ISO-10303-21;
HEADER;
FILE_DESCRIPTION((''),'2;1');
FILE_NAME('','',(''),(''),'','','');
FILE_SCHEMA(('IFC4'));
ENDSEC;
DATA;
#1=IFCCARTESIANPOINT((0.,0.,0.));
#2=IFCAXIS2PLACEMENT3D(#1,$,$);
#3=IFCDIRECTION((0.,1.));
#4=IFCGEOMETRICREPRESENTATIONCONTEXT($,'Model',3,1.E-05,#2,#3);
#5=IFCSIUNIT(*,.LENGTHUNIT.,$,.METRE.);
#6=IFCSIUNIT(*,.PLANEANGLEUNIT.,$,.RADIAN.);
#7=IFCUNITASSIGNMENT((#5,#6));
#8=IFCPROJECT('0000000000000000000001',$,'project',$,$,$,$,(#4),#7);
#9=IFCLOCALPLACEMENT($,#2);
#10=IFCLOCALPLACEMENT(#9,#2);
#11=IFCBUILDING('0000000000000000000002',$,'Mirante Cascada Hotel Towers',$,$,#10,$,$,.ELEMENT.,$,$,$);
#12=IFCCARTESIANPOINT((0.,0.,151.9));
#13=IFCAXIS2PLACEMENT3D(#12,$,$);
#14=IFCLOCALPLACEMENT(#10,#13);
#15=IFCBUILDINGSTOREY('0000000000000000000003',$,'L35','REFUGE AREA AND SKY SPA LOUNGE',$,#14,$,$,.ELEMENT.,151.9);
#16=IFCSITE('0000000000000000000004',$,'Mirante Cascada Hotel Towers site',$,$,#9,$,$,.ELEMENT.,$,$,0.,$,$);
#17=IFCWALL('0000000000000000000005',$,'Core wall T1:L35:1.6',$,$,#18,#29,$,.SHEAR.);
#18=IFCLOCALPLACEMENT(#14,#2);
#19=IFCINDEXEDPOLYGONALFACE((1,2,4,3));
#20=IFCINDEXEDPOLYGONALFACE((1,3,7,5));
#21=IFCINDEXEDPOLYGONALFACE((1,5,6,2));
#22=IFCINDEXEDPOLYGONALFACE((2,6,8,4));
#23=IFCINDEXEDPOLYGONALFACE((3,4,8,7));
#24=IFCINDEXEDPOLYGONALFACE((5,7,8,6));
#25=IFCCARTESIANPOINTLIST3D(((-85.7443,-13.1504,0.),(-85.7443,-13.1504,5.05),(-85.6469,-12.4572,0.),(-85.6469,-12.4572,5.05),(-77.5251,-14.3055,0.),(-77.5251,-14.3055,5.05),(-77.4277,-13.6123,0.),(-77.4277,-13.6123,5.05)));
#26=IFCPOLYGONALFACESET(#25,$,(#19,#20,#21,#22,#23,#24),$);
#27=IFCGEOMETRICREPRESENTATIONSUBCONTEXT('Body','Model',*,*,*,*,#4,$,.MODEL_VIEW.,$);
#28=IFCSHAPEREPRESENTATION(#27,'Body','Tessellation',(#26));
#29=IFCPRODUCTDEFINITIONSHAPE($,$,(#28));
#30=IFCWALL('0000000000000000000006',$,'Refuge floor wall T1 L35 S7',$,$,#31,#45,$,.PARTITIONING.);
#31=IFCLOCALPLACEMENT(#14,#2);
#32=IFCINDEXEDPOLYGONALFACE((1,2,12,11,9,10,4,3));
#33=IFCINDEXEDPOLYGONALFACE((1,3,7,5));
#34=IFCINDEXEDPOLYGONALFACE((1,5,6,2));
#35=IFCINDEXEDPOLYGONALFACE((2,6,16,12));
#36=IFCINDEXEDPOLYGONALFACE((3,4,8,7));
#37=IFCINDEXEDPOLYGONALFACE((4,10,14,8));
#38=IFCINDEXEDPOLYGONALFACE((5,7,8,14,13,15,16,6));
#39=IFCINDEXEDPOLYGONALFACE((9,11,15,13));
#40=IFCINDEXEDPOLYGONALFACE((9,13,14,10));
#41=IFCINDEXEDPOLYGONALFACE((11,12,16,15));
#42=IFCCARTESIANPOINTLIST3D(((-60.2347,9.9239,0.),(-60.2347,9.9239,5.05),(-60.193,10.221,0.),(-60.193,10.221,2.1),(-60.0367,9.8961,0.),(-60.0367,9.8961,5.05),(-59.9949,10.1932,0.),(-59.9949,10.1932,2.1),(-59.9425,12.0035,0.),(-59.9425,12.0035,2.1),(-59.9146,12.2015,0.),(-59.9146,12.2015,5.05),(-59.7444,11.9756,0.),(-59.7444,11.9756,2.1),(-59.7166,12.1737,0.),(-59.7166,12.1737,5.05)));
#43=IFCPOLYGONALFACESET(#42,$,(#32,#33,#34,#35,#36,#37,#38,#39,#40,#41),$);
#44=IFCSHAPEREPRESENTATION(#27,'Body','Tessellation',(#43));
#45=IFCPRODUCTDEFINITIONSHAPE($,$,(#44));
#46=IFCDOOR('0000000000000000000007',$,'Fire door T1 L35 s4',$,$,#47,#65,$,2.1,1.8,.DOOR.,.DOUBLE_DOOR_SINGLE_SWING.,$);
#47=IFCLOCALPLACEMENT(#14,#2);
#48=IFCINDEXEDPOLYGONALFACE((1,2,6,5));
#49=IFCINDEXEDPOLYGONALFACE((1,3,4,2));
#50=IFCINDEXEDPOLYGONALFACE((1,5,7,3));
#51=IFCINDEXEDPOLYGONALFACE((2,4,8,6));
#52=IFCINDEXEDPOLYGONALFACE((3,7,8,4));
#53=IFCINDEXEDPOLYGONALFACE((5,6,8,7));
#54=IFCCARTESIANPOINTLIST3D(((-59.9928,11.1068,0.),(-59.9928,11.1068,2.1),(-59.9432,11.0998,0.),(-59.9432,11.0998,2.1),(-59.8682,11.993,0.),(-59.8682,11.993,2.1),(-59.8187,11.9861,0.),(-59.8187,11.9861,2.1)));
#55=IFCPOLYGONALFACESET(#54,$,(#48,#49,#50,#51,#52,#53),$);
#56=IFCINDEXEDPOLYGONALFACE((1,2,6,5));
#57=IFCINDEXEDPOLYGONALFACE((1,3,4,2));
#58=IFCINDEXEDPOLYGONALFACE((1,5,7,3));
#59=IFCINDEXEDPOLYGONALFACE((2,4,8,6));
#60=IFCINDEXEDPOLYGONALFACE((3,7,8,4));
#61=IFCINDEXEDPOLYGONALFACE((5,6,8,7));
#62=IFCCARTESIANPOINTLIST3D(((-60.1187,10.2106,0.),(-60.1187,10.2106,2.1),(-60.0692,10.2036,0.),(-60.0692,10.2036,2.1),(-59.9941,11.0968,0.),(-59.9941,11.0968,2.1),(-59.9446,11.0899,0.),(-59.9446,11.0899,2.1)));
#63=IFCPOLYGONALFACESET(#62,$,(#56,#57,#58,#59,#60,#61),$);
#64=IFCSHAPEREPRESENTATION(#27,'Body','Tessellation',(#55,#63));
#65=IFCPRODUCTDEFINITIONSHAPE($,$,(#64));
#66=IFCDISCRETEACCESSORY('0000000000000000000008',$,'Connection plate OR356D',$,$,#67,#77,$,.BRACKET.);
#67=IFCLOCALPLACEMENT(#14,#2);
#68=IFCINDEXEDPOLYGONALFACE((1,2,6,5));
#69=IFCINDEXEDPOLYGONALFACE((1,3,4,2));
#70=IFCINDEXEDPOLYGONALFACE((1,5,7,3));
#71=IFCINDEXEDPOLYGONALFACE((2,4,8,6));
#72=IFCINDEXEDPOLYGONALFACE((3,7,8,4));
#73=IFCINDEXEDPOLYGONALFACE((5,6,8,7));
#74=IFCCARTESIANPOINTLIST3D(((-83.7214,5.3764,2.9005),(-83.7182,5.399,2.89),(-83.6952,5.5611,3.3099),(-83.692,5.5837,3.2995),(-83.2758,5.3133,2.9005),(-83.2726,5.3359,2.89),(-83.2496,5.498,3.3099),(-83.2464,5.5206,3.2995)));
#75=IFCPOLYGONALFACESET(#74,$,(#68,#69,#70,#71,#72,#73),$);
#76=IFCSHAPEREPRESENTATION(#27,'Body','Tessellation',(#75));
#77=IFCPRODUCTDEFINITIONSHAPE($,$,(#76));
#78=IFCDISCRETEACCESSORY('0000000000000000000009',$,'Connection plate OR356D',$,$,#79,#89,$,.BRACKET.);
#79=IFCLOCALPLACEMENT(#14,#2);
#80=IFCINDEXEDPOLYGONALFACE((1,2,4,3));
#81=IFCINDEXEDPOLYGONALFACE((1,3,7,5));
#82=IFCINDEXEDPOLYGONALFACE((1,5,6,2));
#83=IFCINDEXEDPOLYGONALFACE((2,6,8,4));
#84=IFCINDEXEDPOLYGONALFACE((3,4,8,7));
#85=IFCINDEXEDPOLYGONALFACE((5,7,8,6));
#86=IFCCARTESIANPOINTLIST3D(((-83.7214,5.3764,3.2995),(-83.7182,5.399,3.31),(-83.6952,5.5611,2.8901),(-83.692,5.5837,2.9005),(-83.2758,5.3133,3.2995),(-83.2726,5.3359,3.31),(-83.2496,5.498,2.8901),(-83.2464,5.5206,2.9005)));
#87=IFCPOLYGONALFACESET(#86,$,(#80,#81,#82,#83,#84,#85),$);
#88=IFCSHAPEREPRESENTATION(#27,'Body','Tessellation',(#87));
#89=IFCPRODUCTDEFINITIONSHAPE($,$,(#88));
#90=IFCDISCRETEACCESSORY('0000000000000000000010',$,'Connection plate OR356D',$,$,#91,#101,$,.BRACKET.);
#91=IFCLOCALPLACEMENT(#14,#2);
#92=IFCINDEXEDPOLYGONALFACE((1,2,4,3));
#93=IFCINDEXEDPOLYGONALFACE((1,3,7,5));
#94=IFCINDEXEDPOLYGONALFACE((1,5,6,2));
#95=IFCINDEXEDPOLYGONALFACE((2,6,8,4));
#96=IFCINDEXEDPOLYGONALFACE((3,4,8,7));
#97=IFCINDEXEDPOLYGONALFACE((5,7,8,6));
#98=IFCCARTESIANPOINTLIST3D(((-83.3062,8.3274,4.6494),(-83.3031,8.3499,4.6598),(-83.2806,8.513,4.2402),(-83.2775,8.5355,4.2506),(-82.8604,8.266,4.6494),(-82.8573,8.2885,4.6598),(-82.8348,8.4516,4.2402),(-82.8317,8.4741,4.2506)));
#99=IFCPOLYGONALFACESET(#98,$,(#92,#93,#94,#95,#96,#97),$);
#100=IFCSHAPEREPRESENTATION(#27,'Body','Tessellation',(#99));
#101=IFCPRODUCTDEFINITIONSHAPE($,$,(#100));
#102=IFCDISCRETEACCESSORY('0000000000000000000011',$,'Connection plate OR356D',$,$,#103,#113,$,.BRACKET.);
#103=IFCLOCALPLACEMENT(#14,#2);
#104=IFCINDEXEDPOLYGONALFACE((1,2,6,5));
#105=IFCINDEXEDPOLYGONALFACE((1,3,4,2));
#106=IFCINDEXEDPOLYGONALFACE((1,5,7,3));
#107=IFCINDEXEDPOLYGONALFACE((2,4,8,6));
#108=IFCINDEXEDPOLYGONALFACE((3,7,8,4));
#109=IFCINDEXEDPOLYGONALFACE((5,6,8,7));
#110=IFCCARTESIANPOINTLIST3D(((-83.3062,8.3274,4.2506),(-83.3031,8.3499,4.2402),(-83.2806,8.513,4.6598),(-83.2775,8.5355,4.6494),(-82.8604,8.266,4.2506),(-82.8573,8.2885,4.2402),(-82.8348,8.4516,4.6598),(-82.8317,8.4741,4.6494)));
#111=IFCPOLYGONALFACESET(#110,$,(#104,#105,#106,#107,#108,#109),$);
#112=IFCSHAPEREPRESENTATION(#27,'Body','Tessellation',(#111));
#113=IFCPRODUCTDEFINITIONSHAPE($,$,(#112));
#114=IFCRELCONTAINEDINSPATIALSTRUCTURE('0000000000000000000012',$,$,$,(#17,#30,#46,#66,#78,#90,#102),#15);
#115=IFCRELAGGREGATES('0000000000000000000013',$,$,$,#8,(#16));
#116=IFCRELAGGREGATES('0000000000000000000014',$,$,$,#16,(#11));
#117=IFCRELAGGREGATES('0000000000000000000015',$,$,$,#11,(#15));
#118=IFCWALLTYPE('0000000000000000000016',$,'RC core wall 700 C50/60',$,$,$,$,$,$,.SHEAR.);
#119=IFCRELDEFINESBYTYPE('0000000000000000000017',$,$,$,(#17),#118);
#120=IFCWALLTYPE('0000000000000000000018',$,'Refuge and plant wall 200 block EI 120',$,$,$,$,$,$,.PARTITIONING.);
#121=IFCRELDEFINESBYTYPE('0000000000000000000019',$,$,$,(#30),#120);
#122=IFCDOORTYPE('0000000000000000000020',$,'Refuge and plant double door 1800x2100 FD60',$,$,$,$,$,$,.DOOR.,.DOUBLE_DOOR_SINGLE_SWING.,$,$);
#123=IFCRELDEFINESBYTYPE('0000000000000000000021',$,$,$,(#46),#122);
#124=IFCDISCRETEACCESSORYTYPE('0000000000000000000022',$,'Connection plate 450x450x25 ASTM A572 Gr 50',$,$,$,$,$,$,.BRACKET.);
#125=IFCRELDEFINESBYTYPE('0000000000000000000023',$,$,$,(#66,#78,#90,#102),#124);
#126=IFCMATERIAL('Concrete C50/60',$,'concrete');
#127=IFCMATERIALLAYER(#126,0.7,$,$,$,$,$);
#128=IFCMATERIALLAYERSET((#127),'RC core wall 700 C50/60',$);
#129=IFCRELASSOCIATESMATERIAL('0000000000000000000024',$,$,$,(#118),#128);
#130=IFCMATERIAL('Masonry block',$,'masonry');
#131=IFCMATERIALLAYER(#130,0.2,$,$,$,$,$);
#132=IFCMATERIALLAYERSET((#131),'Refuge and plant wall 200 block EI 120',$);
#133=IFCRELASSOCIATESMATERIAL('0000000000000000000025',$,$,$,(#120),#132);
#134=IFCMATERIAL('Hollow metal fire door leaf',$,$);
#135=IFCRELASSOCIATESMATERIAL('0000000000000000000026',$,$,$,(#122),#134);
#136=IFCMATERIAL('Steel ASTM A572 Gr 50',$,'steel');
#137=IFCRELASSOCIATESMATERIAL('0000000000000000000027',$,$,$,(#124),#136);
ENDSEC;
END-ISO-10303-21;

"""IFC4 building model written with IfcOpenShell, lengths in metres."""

from ifc_helpers import new_model, si_unit, direction, frame, frame_2d, origin, origin_2d, place, context, subcontext, project, spatial, rectangle, extrude, material, layer, layer_set, material_profile, profile_set, type_object, element, fill, save


model = new_model("IFC4")

# Units and contexts
model_context = context("Model", 3, precision=1e-05, world=origin(), true_north=direction((0.0, 1.0)))
body_context = subcontext(model_context, "Body", "Model", "MODEL_VIEW")
ifc_project = project(units=[si_unit("LENGTHUNIT", "METRE"), si_unit("PLANEANGLEUNIT", "RADIAN")], contexts=[model_context])

# Site, building, storey
site_placement = place(None, origin())
site = spatial("IfcSite", under=ifc_project, at=site_placement, Name="Mirante Cascada Hotel Towers site", CompositionType="ELEMENT", RefElevation=0.0)
building_placement = place(site_placement, origin())
building = spatial("IfcBuilding", under=site, at=building_placement, Name="Mirante Cascada Hotel Towers", CompositionType="ELEMENT")
storey_placement = place(building_placement, frame((0.0, 0.0, 151.9)))
storey = spatial("IfcBuildingStorey", under=building, at=storey_placement, Name="L35", Description="REFUGE AREA AND SKY SPA LOUNGE", CompositionType="ELEMENT", Elevation=151.9)

# Wall
ifc_material_1 = material(Name="Concrete C50/60", Category="concrete")
ifc_layer_1 = layer(ifc_material_1, 0.7)
ifc_layer_set_1 = layer_set([ifc_layer_1], Name="RC core wall 700 C50/60")
wall_type_1 = type_object("IfcWallType", Name="RC core wall 700 C50/60", PredefinedType="SHEAR", material=ifc_layer_set_1)
wall_1_placement = place(storey_placement, frame((-77.4764, -13.9589, 0.0), z_axis=(0.0, 0.0, 1.0), x_axis=(-0.990269, 0.139169, 0.0)))
element("IfcWall", 1, at=wall_1_placement, inside=storey, type_object=wall_type_1, Name="Core wall T1:L35:1.6", PredefinedType="SHEAR", context=body_context, shape_type="SweptSolid", body=[
    extrude(rectangle(XDim=8.3, YDim=0.7, at=frame_2d((4.15, 0.0))), origin(), (0.0, 0.0, 1.0), 5.05),
])

# Wall, opening, door
ifc_material_2 = material(Name="Masonry block", Category="masonry")
ifc_layer_2 = layer(ifc_material_2, 0.2)
ifc_layer_set_2 = layer_set([ifc_layer_2], Name="Refuge and plant wall 200 block EI 120")
wall_type_2 = type_object("IfcWallType", Name="Refuge and plant wall 200 block EI 120", PredefinedType="PARTITIONING", material=ifc_layer_set_2)
wall_2_placement = place(storey_placement, frame((-60.1357, 9.91, 0.0), z_axis=(0.0, 0.0, 1.0), x_axis=(0.139175, 0.990268, 0.0)))
wall_2 = element("IfcWall", 2, at=wall_2_placement, inside=storey, type_object=wall_type_2, Name="Refuge floor wall T1 L35 S7", PredefinedType="PARTITIONING", context=body_context, shape_type="SweptSolid", body=[
    extrude(rectangle(XDim=2.3, YDim=0.2, at=frame_2d((1.15, 0.0))), origin(), (0.0, 0.0, 1.0), 5.05),
])
opening_placement = place(wall_2_placement, frame((0.3, 0.0, 0.0)))
opening = element("IfcOpeningElement", 3, at=opening_placement, cuts=wall_2, PredefinedType="OPENING", context=body_context, shape_type="SweptSolid", body=[
    extrude(rectangle(XDim=1.8, YDim=2.1, at=frame_2d((0.9, 1.05))), frame((0.0, 0.1, 0.0), z_axis=(0.0, -1.0, 0.0), x_axis=(1.0, 0.0, 0.0)), (0.0, 0.0, 1.0), 0.2),
])
ifc_material_3 = material(Name="Hollow metal fire door leaf")
door_type = type_object("IfcDoorType", Name="Refuge and plant double door 1800x2100 FD60", OperationType="DOUBLE_DOOR_SINGLE_SWING", PredefinedType="DOOR", material=ifc_material_3)
door_placement = place(opening_placement, frame((1.8, 0.0, 0.0), z_axis=(0.0, 0.0, 1.0), x_axis=(-1.0, 0.0, 0.0)))
door = element("IfcDoor", 4, at=door_placement, inside=storey, type_object=door_type, Name="Fire door T1 L35 s4", OperationType="DOUBLE_DOOR_SINGLE_SWING", OverallHeight=2.1, OverallWidth=1.8, PredefinedType="DOOR", context=body_context, shape_type="SweptSolid", body=[
    extrude(rectangle(XDim=0.895, YDim=2.1, at=frame_2d((0.4475, 1.05))), frame((0.0, 0.025, 0.0), z_axis=(0.0, -1.0, 0.0), x_axis=(1.0, 0.0, 0.0)), (0.0, 0.0, 1.0), 0.05),
    extrude(rectangle(XDim=0.895, YDim=2.1, at=frame_2d((1.3525, 1.05))), frame((0.0, 0.025, 0.0), z_axis=(0.0, -1.0, 0.0), x_axis=(1.0, 0.0, 0.0)), (0.0, 0.0, 1.0), 0.05),
])
fill(opening, door)

# Discrete accessories
ifc_material_4 = material(Name="Steel ASTM A572 Gr 50", Category="steel")
ifc_material_profile_1 = material_profile(ifc_material_4, rectangle(XDim=0.45, YDim=0.45, at=origin_2d()), Name="Connection plate 450x450x25 ASTM A572 Gr 50")
ifc_profile_set_1 = profile_set([ifc_material_profile_1], Name="Steel ASTM A572 Gr 50")
discrete_accessory_type = type_object("IfcDiscreteAccessoryType", Name="Connection plate 450x450x25 ASTM A572 Gr 50", PredefinedType="BRACKET", material=ifc_profile_set_1)
for number, where, z_axis, x_axis, name in (
    (5, (-83.4855, 5.4372, 3.1052), (0.127576, 0.901006, -0.414622), (-0.990124, 0.140194, 0.0), "Connection plate OR356D"),
    (6, (-83.4855, 5.4372, 3.0948), (0.127576, 0.901006, 0.414622), (-0.990124, 0.140194, 0.0), "Connection plate OR356D"),
):
    element("IfcDiscreteAccessory", number, at=place(storey_placement, frame(where, z_axis=z_axis, x_axis=x_axis)), inside=storey, type_object=discrete_accessory_type, Name=name, PredefinedType="BRACKET", context=body_context, shape_type="SweptSolid", body=[
        extrude(rectangle(XDim=0.45, YDim=0.45, at=origin_2d()), origin(), (0.0, 0.0, 1.0), 0.0251),
    ])
for number, where, z_axis, x_axis, name in (
    (7, (-83.0705, 8.3895, 4.4448), (0.124097, 0.900706, 0.416326), (-0.990642, 0.136488, 0.0), "Connection plate OR356D"),
    (8, (-83.0705, 8.3895, 4.4552), (0.124097, 0.900706, -0.416326), (-0.990642, 0.136488, 0.0), "Connection plate OR356D"),
):
    element("IfcDiscreteAccessory", number, at=place(storey_placement, frame(where, z_axis=z_axis, x_axis=x_axis)), inside=storey, type_object=discrete_accessory_type, Name=name, PredefinedType="BRACKET", context=body_context, shape_type="SweptSolid", body=[
        extrude(rectangle(XDim=0.45, YDim=0.45, at=origin_2d()), origin(), (0.0, 0.0, 1.0), 0.025),
    ])

save(model, "model.ifc")
